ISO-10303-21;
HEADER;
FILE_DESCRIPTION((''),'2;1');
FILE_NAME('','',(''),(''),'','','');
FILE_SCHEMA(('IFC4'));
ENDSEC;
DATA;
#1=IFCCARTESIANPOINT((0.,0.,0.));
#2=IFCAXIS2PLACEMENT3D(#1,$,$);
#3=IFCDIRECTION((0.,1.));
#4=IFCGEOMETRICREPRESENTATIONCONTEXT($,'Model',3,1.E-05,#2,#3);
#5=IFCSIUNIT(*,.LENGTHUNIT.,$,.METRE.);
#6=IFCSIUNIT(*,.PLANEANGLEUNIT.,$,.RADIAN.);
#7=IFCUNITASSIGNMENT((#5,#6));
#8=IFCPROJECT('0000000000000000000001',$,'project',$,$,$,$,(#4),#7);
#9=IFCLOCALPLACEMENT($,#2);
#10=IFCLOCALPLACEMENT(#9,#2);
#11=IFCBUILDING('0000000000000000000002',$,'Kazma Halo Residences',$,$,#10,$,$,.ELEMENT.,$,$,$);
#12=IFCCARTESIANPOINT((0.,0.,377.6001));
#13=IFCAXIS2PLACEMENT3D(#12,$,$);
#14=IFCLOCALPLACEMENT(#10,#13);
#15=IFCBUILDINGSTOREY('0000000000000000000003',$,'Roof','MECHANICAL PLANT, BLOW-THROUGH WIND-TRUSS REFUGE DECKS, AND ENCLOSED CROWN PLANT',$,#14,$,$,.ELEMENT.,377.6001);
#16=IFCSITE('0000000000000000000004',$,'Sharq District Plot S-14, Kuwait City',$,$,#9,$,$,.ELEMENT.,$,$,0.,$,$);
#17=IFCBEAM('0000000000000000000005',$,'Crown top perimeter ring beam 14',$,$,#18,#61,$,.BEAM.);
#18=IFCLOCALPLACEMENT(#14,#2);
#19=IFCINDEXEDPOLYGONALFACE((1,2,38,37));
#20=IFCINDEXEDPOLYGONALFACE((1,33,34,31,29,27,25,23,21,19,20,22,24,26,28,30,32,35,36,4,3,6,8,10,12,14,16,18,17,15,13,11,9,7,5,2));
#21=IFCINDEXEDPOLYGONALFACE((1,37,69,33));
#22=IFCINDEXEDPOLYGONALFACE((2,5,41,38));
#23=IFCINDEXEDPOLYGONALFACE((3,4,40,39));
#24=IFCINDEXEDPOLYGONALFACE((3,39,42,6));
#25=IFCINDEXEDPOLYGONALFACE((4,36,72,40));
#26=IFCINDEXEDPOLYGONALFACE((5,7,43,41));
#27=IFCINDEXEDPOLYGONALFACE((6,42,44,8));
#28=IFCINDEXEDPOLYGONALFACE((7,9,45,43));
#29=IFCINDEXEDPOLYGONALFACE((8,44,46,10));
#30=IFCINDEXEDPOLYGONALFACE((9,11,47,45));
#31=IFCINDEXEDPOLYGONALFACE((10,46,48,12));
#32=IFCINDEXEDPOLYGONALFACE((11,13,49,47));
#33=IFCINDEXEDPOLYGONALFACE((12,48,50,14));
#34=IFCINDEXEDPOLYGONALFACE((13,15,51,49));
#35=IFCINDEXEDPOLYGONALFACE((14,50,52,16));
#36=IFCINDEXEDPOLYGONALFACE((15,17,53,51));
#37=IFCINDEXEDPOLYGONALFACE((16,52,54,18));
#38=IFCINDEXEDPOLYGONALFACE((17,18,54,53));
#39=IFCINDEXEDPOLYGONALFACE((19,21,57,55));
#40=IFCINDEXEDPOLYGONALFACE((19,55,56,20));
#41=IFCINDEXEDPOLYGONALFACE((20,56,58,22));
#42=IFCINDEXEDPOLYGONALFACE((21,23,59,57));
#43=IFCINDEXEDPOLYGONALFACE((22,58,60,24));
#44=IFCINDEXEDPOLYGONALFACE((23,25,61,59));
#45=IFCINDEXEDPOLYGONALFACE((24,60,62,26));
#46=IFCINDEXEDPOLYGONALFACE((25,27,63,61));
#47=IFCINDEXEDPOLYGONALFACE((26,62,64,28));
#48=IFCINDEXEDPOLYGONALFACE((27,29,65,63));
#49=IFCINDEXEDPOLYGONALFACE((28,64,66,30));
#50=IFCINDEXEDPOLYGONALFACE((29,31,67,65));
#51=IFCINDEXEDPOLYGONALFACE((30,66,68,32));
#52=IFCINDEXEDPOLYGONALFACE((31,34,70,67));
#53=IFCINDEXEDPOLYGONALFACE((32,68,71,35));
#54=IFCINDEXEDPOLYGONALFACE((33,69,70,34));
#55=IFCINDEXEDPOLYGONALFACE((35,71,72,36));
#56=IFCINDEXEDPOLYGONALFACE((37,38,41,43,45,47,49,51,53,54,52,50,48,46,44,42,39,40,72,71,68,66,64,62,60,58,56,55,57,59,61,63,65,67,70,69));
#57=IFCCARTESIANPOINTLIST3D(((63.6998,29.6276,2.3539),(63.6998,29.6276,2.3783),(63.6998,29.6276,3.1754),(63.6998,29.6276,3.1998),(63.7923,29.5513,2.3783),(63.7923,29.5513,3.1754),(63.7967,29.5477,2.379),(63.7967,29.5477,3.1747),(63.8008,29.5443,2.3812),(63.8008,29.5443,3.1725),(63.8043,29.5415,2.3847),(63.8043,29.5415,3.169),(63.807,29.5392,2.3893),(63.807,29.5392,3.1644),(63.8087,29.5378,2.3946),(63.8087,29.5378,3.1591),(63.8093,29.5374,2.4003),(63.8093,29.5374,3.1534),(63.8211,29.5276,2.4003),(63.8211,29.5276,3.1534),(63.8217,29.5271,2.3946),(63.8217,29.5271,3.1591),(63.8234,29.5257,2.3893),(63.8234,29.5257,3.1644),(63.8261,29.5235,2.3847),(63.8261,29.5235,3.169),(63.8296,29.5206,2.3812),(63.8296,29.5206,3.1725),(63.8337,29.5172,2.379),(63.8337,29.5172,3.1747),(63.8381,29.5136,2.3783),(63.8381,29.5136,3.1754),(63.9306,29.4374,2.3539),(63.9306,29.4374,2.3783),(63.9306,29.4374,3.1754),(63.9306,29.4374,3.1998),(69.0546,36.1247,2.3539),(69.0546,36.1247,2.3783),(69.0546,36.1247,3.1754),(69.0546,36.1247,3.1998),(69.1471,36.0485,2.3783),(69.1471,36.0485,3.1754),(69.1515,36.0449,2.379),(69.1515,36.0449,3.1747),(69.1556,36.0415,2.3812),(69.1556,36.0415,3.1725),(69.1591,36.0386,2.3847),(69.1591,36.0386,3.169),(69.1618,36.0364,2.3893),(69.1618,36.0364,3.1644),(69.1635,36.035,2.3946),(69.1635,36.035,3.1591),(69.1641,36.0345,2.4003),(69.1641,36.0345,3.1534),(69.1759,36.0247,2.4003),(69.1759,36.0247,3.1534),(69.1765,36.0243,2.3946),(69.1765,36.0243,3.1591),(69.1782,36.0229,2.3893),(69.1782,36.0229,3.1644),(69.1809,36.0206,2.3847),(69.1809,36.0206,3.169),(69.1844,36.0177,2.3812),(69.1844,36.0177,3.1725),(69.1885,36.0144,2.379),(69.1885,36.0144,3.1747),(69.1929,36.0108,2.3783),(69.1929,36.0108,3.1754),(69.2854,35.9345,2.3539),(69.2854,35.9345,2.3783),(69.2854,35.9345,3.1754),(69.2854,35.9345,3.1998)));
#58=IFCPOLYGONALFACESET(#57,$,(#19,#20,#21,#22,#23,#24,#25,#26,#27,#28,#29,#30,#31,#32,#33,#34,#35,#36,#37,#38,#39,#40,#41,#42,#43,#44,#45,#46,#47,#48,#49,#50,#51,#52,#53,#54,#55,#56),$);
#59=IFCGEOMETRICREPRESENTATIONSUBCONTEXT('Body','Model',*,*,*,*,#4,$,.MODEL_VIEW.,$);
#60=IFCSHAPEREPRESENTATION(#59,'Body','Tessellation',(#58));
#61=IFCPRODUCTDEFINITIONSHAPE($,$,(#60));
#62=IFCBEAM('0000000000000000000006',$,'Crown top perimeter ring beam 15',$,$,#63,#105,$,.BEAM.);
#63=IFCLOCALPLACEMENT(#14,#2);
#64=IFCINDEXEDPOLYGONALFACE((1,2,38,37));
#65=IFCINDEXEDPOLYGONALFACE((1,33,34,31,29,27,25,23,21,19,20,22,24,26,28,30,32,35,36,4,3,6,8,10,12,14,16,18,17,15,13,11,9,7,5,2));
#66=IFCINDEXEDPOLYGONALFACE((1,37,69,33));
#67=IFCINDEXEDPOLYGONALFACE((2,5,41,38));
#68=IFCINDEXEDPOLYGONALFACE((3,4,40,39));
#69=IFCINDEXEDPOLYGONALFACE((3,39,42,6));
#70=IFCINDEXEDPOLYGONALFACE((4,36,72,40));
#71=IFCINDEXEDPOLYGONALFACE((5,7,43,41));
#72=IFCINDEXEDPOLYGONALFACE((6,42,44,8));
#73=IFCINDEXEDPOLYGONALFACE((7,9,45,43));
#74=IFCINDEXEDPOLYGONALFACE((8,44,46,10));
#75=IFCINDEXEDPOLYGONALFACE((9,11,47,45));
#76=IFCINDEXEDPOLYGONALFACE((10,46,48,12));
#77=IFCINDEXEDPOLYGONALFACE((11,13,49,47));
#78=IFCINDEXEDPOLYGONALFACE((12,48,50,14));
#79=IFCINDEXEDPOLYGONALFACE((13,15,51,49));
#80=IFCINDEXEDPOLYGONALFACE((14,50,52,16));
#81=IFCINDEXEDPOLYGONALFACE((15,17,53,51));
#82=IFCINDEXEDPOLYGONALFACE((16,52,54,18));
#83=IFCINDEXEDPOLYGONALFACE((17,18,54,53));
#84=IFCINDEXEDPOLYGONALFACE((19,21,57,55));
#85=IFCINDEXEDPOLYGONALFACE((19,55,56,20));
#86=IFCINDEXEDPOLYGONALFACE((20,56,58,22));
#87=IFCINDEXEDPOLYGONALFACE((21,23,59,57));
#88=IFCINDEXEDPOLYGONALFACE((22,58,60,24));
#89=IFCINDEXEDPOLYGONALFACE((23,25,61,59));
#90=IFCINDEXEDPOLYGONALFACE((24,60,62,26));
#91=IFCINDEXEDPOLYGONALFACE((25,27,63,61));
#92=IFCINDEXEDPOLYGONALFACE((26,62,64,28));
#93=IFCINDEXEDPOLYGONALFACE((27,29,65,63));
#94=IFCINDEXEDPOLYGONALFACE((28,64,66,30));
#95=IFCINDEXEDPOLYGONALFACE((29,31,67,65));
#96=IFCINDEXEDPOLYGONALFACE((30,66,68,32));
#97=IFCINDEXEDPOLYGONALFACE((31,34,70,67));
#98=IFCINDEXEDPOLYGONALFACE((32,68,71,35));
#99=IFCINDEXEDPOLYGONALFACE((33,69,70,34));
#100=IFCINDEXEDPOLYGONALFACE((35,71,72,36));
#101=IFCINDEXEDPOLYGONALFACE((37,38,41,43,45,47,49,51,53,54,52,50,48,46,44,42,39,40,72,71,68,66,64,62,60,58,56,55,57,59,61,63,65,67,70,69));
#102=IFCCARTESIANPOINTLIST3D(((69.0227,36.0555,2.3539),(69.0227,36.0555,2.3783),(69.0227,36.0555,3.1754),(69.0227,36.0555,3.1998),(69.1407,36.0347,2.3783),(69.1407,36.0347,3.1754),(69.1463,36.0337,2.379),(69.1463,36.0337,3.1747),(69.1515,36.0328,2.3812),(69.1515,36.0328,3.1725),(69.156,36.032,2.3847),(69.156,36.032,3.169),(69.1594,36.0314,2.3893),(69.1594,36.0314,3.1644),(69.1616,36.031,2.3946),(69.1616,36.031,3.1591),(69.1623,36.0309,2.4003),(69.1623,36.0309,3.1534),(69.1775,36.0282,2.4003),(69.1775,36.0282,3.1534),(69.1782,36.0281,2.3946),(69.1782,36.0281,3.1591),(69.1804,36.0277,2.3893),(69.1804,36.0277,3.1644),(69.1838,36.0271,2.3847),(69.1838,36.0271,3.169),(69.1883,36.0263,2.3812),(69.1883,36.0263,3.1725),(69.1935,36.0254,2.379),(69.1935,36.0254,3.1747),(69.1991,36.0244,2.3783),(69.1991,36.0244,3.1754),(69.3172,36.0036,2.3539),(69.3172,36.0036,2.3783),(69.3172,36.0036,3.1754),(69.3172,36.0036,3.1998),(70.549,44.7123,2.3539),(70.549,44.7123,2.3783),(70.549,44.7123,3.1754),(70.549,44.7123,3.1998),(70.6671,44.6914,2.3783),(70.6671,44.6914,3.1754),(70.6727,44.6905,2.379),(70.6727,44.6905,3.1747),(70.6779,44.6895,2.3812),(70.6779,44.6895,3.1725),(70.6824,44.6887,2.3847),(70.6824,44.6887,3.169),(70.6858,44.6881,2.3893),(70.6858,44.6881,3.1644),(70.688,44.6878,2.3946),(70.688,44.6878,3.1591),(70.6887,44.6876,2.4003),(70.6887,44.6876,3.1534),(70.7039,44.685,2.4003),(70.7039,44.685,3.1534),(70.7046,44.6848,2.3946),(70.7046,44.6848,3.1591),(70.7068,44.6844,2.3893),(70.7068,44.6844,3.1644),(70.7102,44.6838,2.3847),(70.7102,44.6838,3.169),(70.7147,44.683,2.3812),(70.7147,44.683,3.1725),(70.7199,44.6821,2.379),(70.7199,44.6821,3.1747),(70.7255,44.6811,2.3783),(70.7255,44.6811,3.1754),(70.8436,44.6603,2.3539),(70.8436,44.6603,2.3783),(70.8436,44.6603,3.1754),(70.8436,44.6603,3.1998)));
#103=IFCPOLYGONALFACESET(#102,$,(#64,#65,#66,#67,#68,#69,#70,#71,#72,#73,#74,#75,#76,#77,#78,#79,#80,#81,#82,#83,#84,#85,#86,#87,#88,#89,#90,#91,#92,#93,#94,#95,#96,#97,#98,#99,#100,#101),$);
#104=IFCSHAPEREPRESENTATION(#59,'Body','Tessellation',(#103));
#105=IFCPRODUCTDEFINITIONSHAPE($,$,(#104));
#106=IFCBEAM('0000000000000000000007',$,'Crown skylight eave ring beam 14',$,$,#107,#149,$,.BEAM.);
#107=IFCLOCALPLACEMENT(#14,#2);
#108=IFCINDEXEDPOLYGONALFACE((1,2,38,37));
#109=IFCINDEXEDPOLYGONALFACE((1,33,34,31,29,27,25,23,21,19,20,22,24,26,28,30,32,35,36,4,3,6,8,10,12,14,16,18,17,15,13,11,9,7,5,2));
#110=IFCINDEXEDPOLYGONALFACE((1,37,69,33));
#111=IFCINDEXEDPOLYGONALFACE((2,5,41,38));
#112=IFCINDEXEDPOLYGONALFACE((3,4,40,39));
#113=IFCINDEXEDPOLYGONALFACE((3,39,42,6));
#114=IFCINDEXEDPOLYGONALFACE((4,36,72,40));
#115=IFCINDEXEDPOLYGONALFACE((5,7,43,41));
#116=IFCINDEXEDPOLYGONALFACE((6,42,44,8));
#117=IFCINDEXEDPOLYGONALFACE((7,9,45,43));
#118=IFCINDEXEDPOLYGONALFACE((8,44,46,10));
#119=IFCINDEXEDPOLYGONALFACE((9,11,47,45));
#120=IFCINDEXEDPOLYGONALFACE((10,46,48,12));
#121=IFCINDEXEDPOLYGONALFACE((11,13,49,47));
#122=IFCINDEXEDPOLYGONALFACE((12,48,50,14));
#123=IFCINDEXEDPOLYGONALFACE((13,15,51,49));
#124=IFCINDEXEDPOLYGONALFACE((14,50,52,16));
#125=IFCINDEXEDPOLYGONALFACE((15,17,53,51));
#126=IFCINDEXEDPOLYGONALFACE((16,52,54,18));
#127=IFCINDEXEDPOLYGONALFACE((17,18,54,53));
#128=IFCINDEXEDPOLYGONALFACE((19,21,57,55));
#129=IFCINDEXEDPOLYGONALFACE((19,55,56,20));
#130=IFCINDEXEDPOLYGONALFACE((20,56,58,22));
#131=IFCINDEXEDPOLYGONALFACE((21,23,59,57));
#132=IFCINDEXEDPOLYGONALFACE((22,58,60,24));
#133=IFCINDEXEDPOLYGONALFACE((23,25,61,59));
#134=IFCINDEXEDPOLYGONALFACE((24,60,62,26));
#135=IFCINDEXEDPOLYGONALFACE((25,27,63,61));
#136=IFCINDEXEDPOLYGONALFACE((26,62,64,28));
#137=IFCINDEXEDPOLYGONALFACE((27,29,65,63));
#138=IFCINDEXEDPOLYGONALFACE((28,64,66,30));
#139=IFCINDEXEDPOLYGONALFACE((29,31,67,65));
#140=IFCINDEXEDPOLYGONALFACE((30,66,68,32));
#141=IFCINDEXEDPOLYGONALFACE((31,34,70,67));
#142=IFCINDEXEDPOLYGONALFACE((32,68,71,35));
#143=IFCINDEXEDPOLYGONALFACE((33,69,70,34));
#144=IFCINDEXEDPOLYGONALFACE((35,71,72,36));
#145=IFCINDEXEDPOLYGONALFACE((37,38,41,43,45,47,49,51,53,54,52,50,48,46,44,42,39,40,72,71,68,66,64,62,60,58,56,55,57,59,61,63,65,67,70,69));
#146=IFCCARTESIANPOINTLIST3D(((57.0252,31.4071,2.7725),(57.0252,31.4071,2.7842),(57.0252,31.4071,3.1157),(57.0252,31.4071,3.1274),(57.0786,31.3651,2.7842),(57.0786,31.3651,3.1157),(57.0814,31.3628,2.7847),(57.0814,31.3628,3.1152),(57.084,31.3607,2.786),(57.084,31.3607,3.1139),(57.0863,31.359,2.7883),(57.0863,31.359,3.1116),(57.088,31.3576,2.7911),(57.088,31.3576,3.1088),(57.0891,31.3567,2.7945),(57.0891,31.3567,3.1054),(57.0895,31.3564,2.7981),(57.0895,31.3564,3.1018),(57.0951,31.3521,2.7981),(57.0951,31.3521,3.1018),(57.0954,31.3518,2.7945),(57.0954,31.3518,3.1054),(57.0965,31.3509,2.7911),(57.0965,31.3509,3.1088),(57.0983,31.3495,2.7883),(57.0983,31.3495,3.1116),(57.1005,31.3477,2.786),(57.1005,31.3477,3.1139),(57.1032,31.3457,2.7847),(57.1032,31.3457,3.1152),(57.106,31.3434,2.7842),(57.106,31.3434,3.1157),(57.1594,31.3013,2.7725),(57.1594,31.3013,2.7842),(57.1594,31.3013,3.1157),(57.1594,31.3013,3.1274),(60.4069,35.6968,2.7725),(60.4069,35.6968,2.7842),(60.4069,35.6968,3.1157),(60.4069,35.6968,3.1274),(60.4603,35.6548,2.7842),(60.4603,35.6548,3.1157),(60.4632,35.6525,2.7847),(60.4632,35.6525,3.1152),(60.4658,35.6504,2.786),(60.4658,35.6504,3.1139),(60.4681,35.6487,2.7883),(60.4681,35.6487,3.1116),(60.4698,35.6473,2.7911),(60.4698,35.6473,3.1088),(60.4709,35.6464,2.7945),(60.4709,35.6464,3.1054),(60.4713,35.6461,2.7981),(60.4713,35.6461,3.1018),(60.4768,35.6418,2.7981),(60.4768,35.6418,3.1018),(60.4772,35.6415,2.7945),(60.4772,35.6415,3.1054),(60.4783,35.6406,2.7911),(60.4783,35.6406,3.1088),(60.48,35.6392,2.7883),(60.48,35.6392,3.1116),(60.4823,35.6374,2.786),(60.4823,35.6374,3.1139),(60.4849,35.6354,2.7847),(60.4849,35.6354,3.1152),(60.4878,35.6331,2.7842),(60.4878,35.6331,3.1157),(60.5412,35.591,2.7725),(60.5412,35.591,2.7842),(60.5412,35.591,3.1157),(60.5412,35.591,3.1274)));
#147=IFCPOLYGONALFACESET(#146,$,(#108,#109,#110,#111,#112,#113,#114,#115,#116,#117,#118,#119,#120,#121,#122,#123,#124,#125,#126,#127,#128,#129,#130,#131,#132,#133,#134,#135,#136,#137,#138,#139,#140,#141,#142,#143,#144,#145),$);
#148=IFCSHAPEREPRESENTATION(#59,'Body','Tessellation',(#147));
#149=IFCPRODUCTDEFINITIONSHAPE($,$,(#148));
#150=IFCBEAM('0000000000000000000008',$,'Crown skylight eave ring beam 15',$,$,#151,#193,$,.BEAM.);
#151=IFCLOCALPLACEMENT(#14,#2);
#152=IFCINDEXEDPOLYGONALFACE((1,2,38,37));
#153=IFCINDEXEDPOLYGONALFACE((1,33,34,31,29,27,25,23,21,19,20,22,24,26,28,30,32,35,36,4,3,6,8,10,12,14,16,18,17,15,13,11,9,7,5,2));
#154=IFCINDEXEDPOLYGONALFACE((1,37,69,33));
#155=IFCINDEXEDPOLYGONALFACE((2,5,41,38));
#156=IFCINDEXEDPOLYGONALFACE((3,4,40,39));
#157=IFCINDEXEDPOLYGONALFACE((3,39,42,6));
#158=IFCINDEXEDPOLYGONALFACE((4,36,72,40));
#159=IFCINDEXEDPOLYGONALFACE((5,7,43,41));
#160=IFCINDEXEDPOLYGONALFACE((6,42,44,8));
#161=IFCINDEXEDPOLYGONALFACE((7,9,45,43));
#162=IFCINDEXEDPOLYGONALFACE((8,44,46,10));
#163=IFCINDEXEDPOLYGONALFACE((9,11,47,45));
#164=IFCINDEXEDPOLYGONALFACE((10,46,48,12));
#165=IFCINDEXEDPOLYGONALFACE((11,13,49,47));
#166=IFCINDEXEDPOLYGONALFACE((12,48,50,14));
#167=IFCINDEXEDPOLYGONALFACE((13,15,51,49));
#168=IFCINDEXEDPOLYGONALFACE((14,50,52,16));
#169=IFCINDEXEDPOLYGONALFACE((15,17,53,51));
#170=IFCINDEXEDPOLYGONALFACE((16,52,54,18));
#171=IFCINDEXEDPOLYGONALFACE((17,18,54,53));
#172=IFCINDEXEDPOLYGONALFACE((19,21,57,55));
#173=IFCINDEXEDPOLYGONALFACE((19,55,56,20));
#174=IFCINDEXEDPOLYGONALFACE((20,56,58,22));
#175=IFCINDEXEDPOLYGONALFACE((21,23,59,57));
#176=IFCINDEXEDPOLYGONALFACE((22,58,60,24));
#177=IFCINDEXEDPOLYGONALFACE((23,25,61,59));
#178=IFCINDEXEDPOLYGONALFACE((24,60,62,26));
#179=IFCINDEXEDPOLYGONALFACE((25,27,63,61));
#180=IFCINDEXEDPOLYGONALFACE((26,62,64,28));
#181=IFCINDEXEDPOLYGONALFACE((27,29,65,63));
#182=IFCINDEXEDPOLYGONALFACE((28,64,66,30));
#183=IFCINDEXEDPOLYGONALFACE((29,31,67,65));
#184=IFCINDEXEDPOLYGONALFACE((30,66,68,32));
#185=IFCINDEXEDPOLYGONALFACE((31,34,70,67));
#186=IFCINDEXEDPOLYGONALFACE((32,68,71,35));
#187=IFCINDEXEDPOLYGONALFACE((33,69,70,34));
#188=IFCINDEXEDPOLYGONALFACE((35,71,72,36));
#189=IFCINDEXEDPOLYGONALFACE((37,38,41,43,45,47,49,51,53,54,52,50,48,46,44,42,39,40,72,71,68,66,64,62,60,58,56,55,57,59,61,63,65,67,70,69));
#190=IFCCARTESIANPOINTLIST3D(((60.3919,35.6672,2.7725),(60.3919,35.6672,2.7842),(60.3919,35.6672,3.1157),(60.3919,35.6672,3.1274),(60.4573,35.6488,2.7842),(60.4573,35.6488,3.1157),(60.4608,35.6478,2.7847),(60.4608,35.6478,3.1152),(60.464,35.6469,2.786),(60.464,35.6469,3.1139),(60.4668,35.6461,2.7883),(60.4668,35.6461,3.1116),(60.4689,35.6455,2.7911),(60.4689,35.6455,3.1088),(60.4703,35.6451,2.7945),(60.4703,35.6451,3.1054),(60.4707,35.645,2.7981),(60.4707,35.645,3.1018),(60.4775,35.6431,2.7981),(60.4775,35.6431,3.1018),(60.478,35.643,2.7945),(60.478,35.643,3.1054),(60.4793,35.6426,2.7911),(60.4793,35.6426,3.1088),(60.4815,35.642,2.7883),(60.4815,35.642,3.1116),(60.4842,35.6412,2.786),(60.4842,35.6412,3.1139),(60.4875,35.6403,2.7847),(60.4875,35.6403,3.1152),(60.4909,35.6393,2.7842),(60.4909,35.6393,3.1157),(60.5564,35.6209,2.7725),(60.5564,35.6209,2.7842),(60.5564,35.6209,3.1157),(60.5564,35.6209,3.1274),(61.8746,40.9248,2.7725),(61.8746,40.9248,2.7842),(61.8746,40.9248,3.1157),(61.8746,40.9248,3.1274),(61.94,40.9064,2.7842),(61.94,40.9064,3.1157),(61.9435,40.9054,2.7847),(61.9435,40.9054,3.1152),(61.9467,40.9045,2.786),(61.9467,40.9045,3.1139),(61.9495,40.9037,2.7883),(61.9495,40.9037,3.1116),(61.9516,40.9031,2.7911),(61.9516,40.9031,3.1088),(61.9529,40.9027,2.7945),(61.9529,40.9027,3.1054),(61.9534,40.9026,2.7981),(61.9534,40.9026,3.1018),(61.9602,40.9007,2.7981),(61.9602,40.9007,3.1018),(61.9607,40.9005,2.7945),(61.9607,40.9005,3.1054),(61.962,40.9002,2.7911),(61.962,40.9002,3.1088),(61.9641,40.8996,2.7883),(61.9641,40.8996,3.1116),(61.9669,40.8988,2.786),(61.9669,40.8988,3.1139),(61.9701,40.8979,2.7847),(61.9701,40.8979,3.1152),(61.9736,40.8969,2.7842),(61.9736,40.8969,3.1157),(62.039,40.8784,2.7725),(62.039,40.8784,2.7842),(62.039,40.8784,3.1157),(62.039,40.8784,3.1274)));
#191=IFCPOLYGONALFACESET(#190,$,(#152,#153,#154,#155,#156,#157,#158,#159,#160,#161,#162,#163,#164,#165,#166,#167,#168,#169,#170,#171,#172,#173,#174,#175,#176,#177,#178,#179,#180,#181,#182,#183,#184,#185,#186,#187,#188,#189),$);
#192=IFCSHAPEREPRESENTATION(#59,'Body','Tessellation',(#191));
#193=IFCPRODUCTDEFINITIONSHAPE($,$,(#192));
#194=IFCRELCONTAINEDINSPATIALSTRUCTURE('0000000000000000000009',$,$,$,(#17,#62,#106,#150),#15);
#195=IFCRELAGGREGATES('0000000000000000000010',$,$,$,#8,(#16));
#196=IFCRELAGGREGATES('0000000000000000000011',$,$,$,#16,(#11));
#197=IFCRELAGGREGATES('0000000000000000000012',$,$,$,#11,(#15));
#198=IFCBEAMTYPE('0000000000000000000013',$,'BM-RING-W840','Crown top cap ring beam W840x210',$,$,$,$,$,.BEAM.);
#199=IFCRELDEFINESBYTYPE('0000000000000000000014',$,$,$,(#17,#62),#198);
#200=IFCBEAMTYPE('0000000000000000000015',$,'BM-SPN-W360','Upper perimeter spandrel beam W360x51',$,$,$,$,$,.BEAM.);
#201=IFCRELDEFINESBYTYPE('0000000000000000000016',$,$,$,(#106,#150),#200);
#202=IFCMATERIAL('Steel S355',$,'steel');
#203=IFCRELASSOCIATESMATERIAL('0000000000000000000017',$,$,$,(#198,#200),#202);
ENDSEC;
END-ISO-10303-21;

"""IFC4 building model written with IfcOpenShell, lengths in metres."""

from ifc_helpers import new_model, si_unit, direction, frame, origin, origin_2d, place, context, subcontext, project, spatial, i_section, extrude, material, material_profile, profile_set, type_object, element, save


model = new_model("IFC4")

# Units and contexts
model_context = context("Model", 3, precision=1e-05, world=origin(), true_north=direction((0.0, 1.0)))
body_context = subcontext(model_context, "Body", "Model", "MODEL_VIEW")
ifc_project = project(units=[si_unit("LENGTHUNIT", "METRE"), si_unit("PLANEANGLEUNIT", "RADIAN")], contexts=[model_context])

# Site, building, storey
site_placement = place(None, origin())
site = spatial("IfcSite", under=ifc_project, at=site_placement, Name="Sharq District Plot S-14, Kuwait City", CompositionType="ELEMENT", RefElevation=0.0)
building_placement = place(site_placement, origin())
building = spatial("IfcBuilding", under=site, at=building_placement, Name="Kazma Halo Residences", CompositionType="ELEMENT")
storey_placement = place(building_placement, frame((0.0, 0.0, 377.6001)))
storey = spatial("IfcBuildingStorey", under=building, at=storey_placement, Name="Roof", Description="MECHANICAL PLANT, BLOW-THROUGH WIND-TRUSS REFUGE DECKS, AND ENCLOSED CROWN PLANT", CompositionType="ELEMENT", Elevation=377.6001)

# Shared definitions
ifc_material_1 = material(Name="Steel S355", Category="steel")

# Beams
ifc_material_profile_1 = material_profile(ifc_material_1, i_section(OverallWidth=0.2991, OverallDepth=0.8459, WebThickness=0.0154, FlangeThickness=0.0244, FilletRadius=0.022, at=origin_2d()), Name="W840x210")
ifc_profile_set_1 = profile_set([ifc_material_profile_1], Name="Steel S355")
beam_type_1 = type_object("IfcBeamType", Name="BM-RING-W840", Description="Crown top cap ring beam W840x210", PredefinedType="BEAM", material=ifc_profile_set_1)
beam_1_placement = place(storey_placement, frame((63.8152, 29.5325, 2.7769), z_axis=(0.636005, 0.771685, 0.0), x_axis=(-0.771685, 0.636005, 0.0)))
element("IfcBeam", 1, at=beam_1_placement, inside=storey, type_object=beam_type_1, Name="Crown top perimeter ring beam 14", PredefinedType="BEAM", context=body_context, shape_type="SweptSolid", body=[
    extrude(i_section(OverallWidth=0.2991, OverallDepth=0.8459, WebThickness=0.0154, FlangeThickness=0.0244, FilletRadius=0.022, at=origin_2d()), origin(), (0.0, 0.0, 1.0), 8.4194),
])
beam_2_placement = place(storey_placement, frame((69.1699, 36.0295, 2.7769), z_axis=(0.173643, 0.984809, 0.0), x_axis=(-0.984809, 0.173643, 0.0)))
element("IfcBeam", 2, at=beam_2_placement, inside=storey, type_object=beam_type_1, Name="Crown top perimeter ring beam 15", PredefinedType="BEAM", context=body_context, shape_type="SweptSolid", body=[
    extrude(i_section(OverallWidth=0.2991, OverallDepth=0.8459, WebThickness=0.0154, FlangeThickness=0.0244, FilletRadius=0.022, at=origin_2d()), origin(), (0.0, 0.0, 1.0), 8.7903),
])
ifc_material_profile_2 = material_profile(ifc_material_1, i_section(OverallWidth=0.1709, OverallDepth=0.355, WebThickness=0.0071, FlangeThickness=0.0117, FilletRadius=0.0139, at=origin_2d()), Name="W360x51")
ifc_profile_set_2 = profile_set([ifc_material_profile_2], Name="Steel S355")
beam_type_2 = type_object("IfcBeamType", Name="BM-SPN-W360", Description="Upper perimeter spandrel beam W360x51", PredefinedType="BEAM", material=ifc_profile_set_2)
beam_3_placement = place(storey_placement, frame((57.0923, 31.3542, 2.95), z_axis=(0.619098, 0.785314, 0.0), x_axis=(-0.785314, 0.619098, 0.0)))
element("IfcBeam", 3, at=beam_3_placement, inside=storey, type_object=beam_type_2, Name="Crown skylight eave ring beam 14", PredefinedType="BEAM", context=body_context, shape_type="SweptSolid", body=[
    extrude(i_section(OverallWidth=0.1709, OverallDepth=0.355, WebThickness=0.0071, FlangeThickness=0.0117, FilletRadius=0.0139, at=origin_2d()), origin(), (0.0, 0.0, 1.0), 5.4624),
])
beam_4_placement = place(storey_placement, frame((60.4741, 35.644, 2.95), z_axis=(0.27142, 0.962461, 0.0), x_axis=(-0.962461, 0.27142, 0.0)))
element("IfcBeam", 4, at=beam_4_placement, inside=storey, type_object=beam_type_2, Name="Crown skylight eave ring beam 15", PredefinedType="BEAM", context=body_context, shape_type="SweptSolid", body=[
    extrude(i_section(OverallWidth=0.1709, OverallDepth=0.355, WebThickness=0.0071, FlangeThickness=0.0117, FilletRadius=0.0139, at=origin_2d()), origin(), (0.0, 0.0, 1.0), 5.4626),
])

save(model, "model.ifc")
